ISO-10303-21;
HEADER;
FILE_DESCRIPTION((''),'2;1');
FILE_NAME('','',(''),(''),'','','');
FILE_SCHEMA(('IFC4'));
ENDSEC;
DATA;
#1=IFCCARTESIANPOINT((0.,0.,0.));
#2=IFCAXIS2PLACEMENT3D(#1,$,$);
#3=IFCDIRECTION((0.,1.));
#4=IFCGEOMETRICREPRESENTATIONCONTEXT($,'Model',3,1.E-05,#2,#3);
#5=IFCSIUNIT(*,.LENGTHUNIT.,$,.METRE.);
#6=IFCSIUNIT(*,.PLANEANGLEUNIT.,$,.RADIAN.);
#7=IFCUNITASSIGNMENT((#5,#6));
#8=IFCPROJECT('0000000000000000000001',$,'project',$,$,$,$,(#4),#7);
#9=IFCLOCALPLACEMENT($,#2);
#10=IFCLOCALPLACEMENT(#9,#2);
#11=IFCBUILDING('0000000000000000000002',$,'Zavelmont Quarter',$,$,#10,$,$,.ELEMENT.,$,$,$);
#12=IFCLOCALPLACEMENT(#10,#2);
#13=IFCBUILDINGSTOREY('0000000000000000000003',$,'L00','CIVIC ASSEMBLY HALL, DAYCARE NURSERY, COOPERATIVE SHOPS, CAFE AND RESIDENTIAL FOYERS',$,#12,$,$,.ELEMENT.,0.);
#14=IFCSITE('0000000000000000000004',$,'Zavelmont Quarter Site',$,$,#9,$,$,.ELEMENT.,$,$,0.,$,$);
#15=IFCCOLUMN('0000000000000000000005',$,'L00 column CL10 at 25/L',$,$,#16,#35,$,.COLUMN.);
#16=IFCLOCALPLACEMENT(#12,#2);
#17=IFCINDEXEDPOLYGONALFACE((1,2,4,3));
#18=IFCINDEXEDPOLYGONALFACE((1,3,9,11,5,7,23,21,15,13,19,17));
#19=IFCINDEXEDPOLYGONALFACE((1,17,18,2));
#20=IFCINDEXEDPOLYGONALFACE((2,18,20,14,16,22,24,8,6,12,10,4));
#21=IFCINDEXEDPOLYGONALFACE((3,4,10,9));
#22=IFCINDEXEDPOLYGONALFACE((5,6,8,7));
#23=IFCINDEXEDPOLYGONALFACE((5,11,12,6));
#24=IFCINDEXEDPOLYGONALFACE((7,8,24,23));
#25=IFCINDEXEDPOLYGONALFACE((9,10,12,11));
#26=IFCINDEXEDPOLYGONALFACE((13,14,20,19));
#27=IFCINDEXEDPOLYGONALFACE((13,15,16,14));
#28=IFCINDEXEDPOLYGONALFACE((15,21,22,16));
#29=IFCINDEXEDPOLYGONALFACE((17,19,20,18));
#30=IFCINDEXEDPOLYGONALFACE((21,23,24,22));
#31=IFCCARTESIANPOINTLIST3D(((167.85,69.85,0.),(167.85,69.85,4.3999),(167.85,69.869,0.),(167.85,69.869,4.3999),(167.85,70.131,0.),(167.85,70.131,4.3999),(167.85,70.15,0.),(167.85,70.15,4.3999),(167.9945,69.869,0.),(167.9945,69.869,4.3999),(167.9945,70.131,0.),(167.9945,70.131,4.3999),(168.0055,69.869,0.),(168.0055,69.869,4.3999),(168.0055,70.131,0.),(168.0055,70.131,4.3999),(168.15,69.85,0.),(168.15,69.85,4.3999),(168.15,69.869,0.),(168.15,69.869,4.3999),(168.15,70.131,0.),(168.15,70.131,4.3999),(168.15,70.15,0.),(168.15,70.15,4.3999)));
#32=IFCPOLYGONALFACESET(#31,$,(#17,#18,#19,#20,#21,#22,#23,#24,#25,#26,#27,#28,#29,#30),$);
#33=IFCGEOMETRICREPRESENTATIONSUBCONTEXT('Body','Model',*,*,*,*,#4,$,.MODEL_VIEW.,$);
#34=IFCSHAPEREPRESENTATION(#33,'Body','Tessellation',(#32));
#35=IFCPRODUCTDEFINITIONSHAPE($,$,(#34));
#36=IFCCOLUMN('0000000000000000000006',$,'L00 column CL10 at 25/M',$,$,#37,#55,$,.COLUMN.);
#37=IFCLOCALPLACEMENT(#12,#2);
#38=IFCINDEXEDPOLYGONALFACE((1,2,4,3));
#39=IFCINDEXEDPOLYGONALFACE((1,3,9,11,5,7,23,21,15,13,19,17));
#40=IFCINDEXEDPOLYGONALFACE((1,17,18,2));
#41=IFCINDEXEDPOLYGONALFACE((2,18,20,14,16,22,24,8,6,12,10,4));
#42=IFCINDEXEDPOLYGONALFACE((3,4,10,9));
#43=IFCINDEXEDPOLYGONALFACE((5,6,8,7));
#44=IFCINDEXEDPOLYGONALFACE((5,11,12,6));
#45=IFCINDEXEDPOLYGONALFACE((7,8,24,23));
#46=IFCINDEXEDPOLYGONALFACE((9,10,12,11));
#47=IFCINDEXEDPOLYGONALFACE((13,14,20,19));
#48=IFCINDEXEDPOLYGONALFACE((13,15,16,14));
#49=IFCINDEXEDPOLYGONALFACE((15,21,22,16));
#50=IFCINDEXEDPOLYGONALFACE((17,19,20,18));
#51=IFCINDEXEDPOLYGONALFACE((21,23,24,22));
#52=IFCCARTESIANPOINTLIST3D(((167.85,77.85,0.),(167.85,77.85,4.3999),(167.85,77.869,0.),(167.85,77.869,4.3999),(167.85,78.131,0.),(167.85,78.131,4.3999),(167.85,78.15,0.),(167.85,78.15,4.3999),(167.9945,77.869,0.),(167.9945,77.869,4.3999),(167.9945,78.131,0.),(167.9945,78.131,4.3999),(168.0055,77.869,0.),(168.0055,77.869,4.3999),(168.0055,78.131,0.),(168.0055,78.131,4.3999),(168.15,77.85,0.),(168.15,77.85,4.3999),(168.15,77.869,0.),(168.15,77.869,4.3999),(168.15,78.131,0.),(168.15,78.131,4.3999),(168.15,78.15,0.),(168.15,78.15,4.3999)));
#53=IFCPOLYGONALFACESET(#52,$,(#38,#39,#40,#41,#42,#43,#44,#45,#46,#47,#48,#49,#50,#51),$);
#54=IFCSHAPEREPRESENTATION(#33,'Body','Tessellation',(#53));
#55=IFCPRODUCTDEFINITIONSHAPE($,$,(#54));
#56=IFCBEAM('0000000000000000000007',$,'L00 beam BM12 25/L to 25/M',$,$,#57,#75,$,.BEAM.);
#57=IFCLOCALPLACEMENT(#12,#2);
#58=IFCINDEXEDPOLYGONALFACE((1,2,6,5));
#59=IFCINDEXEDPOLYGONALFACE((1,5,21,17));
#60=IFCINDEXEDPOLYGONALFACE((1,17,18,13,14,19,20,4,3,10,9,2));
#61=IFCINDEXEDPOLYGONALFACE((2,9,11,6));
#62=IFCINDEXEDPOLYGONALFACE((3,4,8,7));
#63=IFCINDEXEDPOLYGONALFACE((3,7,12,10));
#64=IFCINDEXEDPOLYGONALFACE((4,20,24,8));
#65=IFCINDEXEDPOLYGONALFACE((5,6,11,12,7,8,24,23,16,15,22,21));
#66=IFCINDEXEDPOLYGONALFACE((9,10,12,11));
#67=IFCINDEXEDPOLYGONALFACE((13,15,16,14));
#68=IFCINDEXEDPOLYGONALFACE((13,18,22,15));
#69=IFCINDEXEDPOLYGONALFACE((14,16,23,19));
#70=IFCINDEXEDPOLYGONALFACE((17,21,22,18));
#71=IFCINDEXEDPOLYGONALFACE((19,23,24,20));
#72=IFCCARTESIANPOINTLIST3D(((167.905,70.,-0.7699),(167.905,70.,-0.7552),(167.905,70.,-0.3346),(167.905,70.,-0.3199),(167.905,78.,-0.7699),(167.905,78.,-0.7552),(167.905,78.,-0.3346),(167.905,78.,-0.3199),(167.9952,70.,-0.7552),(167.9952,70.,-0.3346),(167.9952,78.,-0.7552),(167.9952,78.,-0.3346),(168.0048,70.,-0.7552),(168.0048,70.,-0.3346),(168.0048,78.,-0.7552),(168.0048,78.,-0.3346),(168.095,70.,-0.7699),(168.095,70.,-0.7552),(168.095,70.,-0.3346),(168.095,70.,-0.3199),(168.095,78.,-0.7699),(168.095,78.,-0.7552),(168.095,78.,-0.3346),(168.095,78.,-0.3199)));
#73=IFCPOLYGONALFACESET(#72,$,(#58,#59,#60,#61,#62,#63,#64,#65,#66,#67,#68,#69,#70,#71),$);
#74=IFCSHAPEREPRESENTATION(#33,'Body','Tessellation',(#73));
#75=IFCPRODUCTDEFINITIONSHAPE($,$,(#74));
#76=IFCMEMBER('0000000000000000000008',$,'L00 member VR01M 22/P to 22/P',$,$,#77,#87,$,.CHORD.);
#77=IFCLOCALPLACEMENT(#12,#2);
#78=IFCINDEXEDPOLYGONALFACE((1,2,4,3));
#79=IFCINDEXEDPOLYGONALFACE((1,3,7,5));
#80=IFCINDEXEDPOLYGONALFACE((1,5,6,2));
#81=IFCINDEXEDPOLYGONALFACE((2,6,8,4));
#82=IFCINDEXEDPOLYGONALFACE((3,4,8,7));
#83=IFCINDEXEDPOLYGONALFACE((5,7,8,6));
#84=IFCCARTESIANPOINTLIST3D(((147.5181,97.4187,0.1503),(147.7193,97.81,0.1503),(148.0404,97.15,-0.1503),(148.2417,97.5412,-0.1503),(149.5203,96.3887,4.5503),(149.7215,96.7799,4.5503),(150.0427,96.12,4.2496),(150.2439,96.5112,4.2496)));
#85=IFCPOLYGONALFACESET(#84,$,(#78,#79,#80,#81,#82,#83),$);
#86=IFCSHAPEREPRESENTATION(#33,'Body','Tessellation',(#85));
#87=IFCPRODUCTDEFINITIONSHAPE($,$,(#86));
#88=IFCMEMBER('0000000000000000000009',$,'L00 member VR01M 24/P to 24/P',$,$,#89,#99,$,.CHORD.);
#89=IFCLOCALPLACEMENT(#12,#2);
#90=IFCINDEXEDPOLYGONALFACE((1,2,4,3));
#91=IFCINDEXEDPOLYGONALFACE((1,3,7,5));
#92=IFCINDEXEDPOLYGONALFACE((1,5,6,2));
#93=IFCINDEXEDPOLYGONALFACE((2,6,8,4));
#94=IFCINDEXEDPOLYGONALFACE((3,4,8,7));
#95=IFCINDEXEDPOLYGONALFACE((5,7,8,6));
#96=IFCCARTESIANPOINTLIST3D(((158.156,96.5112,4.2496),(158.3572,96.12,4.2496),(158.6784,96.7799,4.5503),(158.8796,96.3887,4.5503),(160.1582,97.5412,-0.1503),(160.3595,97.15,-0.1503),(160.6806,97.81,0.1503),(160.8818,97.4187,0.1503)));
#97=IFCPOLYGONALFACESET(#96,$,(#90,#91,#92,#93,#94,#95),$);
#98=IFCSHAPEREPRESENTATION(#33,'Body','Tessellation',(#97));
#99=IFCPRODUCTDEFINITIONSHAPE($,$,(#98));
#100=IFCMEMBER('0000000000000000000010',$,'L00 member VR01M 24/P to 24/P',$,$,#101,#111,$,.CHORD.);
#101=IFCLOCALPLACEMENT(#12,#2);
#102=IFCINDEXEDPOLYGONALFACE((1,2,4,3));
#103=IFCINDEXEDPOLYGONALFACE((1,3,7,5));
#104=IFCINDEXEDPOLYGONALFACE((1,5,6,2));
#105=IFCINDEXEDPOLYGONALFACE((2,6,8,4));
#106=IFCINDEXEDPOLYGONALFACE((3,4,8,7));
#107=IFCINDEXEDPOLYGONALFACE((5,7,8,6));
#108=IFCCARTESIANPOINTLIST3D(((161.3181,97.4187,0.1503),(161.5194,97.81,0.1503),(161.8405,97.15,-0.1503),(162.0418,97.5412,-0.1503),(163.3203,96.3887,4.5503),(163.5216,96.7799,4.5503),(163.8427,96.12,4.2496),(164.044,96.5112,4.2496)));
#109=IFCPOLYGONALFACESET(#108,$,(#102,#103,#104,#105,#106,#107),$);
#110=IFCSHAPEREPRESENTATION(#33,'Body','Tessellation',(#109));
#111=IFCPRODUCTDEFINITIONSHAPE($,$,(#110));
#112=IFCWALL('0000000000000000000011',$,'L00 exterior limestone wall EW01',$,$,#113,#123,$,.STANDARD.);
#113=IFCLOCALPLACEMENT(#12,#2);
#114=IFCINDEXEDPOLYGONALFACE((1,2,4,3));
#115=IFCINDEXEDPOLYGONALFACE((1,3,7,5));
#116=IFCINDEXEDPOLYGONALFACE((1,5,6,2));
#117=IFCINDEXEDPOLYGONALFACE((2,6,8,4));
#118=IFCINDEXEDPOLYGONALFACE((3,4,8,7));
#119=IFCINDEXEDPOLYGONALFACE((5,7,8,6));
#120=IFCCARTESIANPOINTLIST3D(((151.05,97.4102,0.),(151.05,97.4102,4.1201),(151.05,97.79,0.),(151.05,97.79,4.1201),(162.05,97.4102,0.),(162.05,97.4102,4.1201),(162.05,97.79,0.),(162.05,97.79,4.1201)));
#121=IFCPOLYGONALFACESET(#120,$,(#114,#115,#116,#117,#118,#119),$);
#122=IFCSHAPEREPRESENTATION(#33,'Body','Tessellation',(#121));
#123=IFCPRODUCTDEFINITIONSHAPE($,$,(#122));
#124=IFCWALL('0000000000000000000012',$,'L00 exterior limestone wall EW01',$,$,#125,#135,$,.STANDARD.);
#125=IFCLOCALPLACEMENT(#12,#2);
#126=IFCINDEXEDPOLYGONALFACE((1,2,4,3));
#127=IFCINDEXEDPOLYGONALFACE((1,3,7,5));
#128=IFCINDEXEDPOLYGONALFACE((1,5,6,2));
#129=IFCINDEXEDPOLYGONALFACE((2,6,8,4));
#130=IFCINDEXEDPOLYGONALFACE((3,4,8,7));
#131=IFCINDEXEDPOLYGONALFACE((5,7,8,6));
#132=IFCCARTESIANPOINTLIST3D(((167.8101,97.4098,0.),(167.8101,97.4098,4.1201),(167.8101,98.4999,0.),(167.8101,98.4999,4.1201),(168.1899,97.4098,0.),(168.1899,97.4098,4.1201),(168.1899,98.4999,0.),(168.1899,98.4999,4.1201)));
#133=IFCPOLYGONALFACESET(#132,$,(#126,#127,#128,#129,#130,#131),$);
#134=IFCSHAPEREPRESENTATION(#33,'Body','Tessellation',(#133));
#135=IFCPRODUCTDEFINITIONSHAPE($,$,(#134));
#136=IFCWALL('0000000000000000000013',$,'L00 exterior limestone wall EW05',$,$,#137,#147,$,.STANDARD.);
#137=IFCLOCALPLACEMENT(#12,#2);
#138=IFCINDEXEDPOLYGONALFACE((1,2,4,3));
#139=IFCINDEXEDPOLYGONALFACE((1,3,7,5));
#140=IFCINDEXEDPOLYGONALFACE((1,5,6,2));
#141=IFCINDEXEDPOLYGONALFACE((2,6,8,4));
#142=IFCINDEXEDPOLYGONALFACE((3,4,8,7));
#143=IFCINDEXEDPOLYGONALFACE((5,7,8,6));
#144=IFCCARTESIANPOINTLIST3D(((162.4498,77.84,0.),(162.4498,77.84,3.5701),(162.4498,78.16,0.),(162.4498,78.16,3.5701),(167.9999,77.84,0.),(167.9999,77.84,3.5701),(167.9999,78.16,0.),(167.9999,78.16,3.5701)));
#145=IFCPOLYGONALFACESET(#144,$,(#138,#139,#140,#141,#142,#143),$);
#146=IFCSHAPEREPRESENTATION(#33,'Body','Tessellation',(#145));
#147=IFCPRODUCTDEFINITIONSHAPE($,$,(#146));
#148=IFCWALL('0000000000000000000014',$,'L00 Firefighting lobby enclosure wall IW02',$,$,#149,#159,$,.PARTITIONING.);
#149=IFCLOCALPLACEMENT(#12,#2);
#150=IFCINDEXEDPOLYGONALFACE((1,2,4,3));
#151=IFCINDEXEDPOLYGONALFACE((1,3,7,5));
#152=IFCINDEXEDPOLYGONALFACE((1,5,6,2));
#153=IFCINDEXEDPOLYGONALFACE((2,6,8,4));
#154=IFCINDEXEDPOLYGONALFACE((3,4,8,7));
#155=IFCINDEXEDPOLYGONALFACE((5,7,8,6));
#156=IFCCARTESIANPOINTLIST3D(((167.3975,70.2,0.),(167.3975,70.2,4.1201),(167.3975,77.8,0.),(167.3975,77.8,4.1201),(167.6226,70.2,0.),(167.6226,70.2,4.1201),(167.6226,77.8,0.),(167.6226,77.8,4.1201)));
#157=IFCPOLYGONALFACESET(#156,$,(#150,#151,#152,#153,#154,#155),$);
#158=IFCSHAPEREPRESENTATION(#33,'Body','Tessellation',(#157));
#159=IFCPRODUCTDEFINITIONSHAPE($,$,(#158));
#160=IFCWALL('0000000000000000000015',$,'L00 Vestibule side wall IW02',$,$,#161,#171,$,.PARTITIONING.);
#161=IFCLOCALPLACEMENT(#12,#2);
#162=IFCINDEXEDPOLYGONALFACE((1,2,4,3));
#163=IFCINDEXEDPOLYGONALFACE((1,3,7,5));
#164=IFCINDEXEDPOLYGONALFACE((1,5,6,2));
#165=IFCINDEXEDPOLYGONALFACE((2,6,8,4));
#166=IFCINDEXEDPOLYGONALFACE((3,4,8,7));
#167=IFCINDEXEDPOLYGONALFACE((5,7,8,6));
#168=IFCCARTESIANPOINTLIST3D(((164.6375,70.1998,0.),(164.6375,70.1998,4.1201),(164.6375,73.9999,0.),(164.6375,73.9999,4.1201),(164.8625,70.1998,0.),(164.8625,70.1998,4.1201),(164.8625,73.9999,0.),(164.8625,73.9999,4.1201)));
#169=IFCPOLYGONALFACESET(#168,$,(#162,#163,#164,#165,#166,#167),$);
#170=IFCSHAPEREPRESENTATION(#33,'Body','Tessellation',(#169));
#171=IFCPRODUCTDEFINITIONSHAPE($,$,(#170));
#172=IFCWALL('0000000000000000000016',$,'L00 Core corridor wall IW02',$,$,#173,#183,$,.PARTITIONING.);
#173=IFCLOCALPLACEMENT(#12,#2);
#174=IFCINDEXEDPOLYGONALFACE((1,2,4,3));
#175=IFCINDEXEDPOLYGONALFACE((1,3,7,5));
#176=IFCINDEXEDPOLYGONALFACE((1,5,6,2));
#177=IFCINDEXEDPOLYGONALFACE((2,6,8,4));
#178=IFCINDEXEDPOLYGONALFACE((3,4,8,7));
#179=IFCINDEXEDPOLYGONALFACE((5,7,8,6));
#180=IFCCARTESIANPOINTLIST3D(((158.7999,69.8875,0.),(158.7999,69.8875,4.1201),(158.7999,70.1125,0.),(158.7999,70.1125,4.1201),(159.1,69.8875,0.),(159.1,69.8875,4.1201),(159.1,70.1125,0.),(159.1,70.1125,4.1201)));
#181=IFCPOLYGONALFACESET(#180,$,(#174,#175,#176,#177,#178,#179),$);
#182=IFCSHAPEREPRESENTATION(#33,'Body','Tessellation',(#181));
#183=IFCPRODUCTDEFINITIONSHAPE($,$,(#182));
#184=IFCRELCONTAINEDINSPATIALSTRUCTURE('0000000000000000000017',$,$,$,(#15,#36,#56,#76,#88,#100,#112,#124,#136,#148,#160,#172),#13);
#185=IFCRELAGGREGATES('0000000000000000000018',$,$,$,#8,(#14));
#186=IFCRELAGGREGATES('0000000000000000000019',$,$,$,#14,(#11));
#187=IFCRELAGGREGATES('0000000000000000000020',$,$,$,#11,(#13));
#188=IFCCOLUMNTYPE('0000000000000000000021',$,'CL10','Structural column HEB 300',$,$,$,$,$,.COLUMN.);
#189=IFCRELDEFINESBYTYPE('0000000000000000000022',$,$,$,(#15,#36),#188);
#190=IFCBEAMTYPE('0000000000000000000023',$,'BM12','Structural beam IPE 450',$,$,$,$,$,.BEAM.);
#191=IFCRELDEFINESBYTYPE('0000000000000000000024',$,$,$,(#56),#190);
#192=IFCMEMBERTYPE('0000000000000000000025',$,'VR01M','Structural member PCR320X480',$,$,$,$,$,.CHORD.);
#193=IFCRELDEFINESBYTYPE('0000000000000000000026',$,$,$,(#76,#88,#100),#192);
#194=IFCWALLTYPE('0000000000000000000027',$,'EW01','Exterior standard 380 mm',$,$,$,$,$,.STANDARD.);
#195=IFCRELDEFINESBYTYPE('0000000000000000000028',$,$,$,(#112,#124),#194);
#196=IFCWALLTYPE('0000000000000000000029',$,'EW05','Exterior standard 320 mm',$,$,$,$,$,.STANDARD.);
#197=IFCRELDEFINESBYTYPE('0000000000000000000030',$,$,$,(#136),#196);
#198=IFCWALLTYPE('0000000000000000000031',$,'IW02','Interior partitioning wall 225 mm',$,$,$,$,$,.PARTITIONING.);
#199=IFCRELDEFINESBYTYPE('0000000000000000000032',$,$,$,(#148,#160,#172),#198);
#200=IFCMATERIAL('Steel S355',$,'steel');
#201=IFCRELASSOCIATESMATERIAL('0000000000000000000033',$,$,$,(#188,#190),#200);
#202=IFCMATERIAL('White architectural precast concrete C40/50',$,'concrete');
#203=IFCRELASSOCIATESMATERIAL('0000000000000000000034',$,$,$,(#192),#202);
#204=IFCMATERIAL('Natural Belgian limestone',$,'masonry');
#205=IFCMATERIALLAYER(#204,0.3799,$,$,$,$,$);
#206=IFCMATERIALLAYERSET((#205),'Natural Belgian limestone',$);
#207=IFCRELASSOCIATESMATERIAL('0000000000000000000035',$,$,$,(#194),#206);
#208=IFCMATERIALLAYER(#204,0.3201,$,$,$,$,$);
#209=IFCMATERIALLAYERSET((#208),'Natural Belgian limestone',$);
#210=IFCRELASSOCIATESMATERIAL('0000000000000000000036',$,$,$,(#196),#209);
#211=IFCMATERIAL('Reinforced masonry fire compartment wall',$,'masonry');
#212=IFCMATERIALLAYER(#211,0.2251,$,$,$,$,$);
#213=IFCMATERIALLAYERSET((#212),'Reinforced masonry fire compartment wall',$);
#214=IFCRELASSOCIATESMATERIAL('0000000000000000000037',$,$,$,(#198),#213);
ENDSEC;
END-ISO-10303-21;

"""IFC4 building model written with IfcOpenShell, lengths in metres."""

from ifc_helpers import new_model, si_unit, direction, frame, frame_2d, origin, origin_2d, place, context, subcontext, project, spatial, rectangle, i_section, extrude, material, layer, layer_set, material_profile, profile_set, type_object, element, save


model = new_model("IFC4")

# Units and contexts
model_context = context("Model", 3, precision=1e-05, world=origin(), true_north=direction((0.0, 1.0)))
body_context = subcontext(model_context, "Body", "Model", "MODEL_VIEW")
ifc_project = project(units=[si_unit("LENGTHUNIT", "METRE"), si_unit("PLANEANGLEUNIT", "RADIAN")], contexts=[model_context])

# Site, building, storey
site_placement = place(None, origin())
site = spatial("IfcSite", under=ifc_project, at=site_placement, Name="Zavelmont Quarter Site", CompositionType="ELEMENT", RefElevation=0.0)
building_placement = place(site_placement, origin())
building = spatial("IfcBuilding", under=site, at=building_placement, Name="Zavelmont Quarter", CompositionType="ELEMENT")
storey_placement = place(building_placement, origin())
storey = spatial("IfcBuildingStorey", under=building, at=storey_placement, Name="L00", Description="CIVIC ASSEMBLY HALL, DAYCARE NURSERY, COOPERATIVE SHOPS, CAFE AND RESIDENTIAL FOYERS", CompositionType="ELEMENT", Elevation=0.0)

# Columns
ifc_material_1 = material(Name="Steel S355", Category="steel")
ifc_material_profile_1 = material_profile(ifc_material_1, i_section(OverallWidth=0.3, OverallDepth=0.3, WebThickness=0.011, FlangeThickness=0.019, at=origin_2d()), Name="HEB 300")
ifc_profile_set_1 = profile_set([ifc_material_profile_1], Name="Steel S355")
column_type = type_object("IfcColumnType", Name="CL10", Description="Structural column HEB 300", PredefinedType="COLUMN", material=ifc_profile_set_1)
for number, where, z_axis, x_axis, name in (
    (1, (168.0, 70.0, 0.0), (0.0, 0.0, 1.0), (1.0, 0.0, 0.0), "L00 column CL10 at 25/L"),
    (2, (168.0, 78.0, 0.0), (0.0, 0.0, 1.0), (1.0, 0.0, 0.0), "L00 column CL10 at 25/M"),
):
    element("IfcColumn", number, at=place(storey_placement, frame(where, z_axis=z_axis, x_axis=x_axis)), inside=storey, type_object=column_type, Name=name, PredefinedType="COLUMN", context=body_context, shape_type="SweptSolid", body=[
        extrude(i_section(OverallWidth=0.3, OverallDepth=0.3, WebThickness=0.011, FlangeThickness=0.019, at=origin_2d()), origin(), (0.0, 0.0, 1.0), 4.3999),
    ])

# Beam
ifc_material_profile_2 = material_profile(ifc_material_1, i_section(OverallWidth=0.1899, OverallDepth=0.45, WebThickness=0.0095, FlangeThickness=0.0146, at=origin_2d()), Name="IPE 450")
ifc_profile_set_2 = profile_set([ifc_material_profile_2], Name="Steel S355")
beam_type = type_object("IfcBeamType", Name="BM12", Description="Structural beam IPE 450", PredefinedType="BEAM", material=ifc_profile_set_2)
beam_placement = place(storey_placement, frame((168.0, 70.0, -0.5449), z_axis=(0.0, 1.0, 0.0), x_axis=(-1.0, 0.0, 0.0)))
element("IfcBeam", 3, at=beam_placement, inside=storey, type_object=beam_type, Name="L00 beam BM12 25/L to 25/M", PredefinedType="BEAM", context=body_context, shape_type="SweptSolid", body=[
    extrude(i_section(OverallWidth=0.1899, OverallDepth=0.45, WebThickness=0.0095, FlangeThickness=0.0146, at=origin_2d()), origin(), (0.0, 0.0, 1.0), 8.0),
])

# Members
ifc_material_2 = material(Name="White architectural precast concrete C40/50", Category="concrete")
ifc_material_profile_3 = material_profile(ifc_material_2, rectangle(XDim=0.4399, YDim=0.6599, at=origin_2d()), Name="PCR320X480")
ifc_profile_set_3 = profile_set([ifc_material_profile_3], Name="White architectural precast concrete C40/50")
member_type = type_object("IfcMemberType", Name="VR01M", Description="Structural member PCR320X480", PredefinedType="CHORD", material=ifc_profile_set_3)
for number, where, z_axis, x_axis, name in (
    (4, (147.8799, 97.48, 0.0), (0.405093, -0.2084, 0.890207), (0.457463, 0.889229, 0.0), "L00 member VR01M 22/P to 22/P"),
    (5, (160.52, 97.48, 0.0), (-0.405093, -0.2084, 0.890207), (0.457463, -0.889229, 0.0), "L00 member VR01M 24/P to 24/P"),
    (6, (161.6799, 97.48, 0.0), (0.405093, -0.2084, 0.890207), (0.457463, 0.889229, 0.0), "L00 member VR01M 24/P to 24/P"),
):
    element("IfcMember", number, at=place(storey_placement, frame(where, z_axis=z_axis, x_axis=x_axis)), inside=storey, type_object=member_type, Name=name, PredefinedType="CHORD", context=body_context, shape_type="SweptSolid", body=[
        extrude(rectangle(XDim=0.4399, YDim=0.6599, at=origin_2d()), origin(), (0.0, 0.0, 1.0), 4.9426),
    ])

# Walls
ifc_material_3 = material(Name="Natural Belgian limestone", Category="masonry")
ifc_layer_1 = layer(ifc_material_3, 0.3799)
ifc_layer_set_1 = layer_set([ifc_layer_1], Name="Natural Belgian limestone")
wall_type_1 = type_object("IfcWallType", Name="EW01", Description="Exterior standard 380 mm", PredefinedType="STANDARD", material=ifc_layer_set_1)
wall_1_placement = place(storey_placement, frame((151.05, 97.6001, 0.0), z_axis=(0.0, 0.0, 1.0), x_axis=(1.0, 0.0, 0.0)))
element("IfcWall", 7, at=wall_1_placement, inside=storey, type_object=wall_type_1, Name="L00 exterior limestone wall EW01", PredefinedType="STANDARD", context=body_context, shape_type="SweptSolid", body=[
    extrude(rectangle(XDim=11.0, YDim=0.3799, at=frame_2d((5.5, 0.0))), origin(), (0.0, 0.0, 1.0), 4.1201),
])
wall_2_placement = place(storey_placement, frame((168.0, 97.4099, 0.0), z_axis=(0.0, 0.0, 1.0), x_axis=(0.0, 1.0, 0.0)))
element("IfcWall", 8, at=wall_2_placement, inside=storey, type_object=wall_type_1, Name="L00 exterior limestone wall EW01", PredefinedType="STANDARD", context=body_context, shape_type="SweptSolid", body=[
    extrude(rectangle(XDim=1.0901, YDim=0.3799, at=frame_2d((0.5449, 0.0))), origin(), (0.0, 0.0, 1.0), 4.1201),
])
ifc_layer_2 = layer(ifc_material_3, 0.3201)
ifc_layer_set_2 = layer_set([ifc_layer_2], Name="Natural Belgian limestone")
wall_type_2 = type_object("IfcWallType", Name="EW05", Description="Exterior standard 320 mm", PredefinedType="STANDARD", material=ifc_layer_set_2)
wall_3_placement = place(storey_placement, frame((162.45, 78.0, 0.0), z_axis=(0.0, 0.0, 1.0), x_axis=(1.0, 0.0, 0.0)))
element("IfcWall", 9, at=wall_3_placement, inside=storey, type_object=wall_type_2, Name="L00 exterior limestone wall EW05", PredefinedType="STANDARD", context=body_context, shape_type="SweptSolid", body=[
    extrude(rectangle(XDim=5.55, YDim=0.3201, at=frame_2d((2.7749, 0.0))), origin(), (0.0, 0.0, 1.0), 3.5701),
])
ifc_material_4 = material(Name="Reinforced masonry fire compartment wall", Category="masonry")
ifc_layer_3 = layer(ifc_material_4, 0.2251)
ifc_layer_set_3 = layer_set([ifc_layer_3], Name="Reinforced masonry fire compartment wall")
wall_type_3 = type_object("IfcWallType", Name="IW02", Description="Interior partitioning wall 225 mm", PredefinedType="PARTITIONING", material=ifc_layer_set_3)
wall_4_placement = place(storey_placement, frame((167.51, 70.2, 0.0), z_axis=(0.0, 0.0, 1.0), x_axis=(0.0, 1.0, 0.0)))
element("IfcWall", 10, at=wall_4_placement, inside=storey, type_object=wall_type_3, Name="L00 Firefighting lobby enclosure wall IW02", PredefinedType="PARTITIONING", context=body_context, shape_type="SweptSolid", body=[
    extrude(rectangle(XDim=7.6001, YDim=0.2251, at=frame_2d((3.8, 0.0))), origin(), (0.0, 0.0, 1.0), 4.1201),
])
wall_5_placement = place(storey_placement, frame((164.75, 70.2, 0.0), z_axis=(0.0, 0.0, 1.0), x_axis=(0.0, 1.0, 0.0)))
element("IfcWall", 11, at=wall_5_placement, inside=storey, type_object=wall_type_3, Name="L00 Vestibule side wall IW02", PredefinedType="PARTITIONING", context=body_context, shape_type="SweptSolid", body=[
    extrude(rectangle(XDim=3.8, YDim=0.2251, at=frame_2d((1.8999, 0.0))), origin(), (0.0, 0.0, 1.0), 4.1201),
])

# Wall
wall_6_placement = place(storey_placement, frame((158.8, 70.0, 0.0), z_axis=(0.0, 0.0, 1.0), x_axis=(1.0, 0.0, 0.0)))
element("IfcWall", 12, at=wall_6_placement, inside=storey, type_object=wall_type_3, Name="L00 Core corridor wall IW02", PredefinedType="PARTITIONING", context=body_context, shape_type="SweptSolid", body=[
    extrude(rectangle(XDim=0.3, YDim=0.2251, at=frame_2d((0.1499, 0.0))), origin(), (0.0, 0.0, 1.0), 4.1201),
])

save(model, "model.ifc")
